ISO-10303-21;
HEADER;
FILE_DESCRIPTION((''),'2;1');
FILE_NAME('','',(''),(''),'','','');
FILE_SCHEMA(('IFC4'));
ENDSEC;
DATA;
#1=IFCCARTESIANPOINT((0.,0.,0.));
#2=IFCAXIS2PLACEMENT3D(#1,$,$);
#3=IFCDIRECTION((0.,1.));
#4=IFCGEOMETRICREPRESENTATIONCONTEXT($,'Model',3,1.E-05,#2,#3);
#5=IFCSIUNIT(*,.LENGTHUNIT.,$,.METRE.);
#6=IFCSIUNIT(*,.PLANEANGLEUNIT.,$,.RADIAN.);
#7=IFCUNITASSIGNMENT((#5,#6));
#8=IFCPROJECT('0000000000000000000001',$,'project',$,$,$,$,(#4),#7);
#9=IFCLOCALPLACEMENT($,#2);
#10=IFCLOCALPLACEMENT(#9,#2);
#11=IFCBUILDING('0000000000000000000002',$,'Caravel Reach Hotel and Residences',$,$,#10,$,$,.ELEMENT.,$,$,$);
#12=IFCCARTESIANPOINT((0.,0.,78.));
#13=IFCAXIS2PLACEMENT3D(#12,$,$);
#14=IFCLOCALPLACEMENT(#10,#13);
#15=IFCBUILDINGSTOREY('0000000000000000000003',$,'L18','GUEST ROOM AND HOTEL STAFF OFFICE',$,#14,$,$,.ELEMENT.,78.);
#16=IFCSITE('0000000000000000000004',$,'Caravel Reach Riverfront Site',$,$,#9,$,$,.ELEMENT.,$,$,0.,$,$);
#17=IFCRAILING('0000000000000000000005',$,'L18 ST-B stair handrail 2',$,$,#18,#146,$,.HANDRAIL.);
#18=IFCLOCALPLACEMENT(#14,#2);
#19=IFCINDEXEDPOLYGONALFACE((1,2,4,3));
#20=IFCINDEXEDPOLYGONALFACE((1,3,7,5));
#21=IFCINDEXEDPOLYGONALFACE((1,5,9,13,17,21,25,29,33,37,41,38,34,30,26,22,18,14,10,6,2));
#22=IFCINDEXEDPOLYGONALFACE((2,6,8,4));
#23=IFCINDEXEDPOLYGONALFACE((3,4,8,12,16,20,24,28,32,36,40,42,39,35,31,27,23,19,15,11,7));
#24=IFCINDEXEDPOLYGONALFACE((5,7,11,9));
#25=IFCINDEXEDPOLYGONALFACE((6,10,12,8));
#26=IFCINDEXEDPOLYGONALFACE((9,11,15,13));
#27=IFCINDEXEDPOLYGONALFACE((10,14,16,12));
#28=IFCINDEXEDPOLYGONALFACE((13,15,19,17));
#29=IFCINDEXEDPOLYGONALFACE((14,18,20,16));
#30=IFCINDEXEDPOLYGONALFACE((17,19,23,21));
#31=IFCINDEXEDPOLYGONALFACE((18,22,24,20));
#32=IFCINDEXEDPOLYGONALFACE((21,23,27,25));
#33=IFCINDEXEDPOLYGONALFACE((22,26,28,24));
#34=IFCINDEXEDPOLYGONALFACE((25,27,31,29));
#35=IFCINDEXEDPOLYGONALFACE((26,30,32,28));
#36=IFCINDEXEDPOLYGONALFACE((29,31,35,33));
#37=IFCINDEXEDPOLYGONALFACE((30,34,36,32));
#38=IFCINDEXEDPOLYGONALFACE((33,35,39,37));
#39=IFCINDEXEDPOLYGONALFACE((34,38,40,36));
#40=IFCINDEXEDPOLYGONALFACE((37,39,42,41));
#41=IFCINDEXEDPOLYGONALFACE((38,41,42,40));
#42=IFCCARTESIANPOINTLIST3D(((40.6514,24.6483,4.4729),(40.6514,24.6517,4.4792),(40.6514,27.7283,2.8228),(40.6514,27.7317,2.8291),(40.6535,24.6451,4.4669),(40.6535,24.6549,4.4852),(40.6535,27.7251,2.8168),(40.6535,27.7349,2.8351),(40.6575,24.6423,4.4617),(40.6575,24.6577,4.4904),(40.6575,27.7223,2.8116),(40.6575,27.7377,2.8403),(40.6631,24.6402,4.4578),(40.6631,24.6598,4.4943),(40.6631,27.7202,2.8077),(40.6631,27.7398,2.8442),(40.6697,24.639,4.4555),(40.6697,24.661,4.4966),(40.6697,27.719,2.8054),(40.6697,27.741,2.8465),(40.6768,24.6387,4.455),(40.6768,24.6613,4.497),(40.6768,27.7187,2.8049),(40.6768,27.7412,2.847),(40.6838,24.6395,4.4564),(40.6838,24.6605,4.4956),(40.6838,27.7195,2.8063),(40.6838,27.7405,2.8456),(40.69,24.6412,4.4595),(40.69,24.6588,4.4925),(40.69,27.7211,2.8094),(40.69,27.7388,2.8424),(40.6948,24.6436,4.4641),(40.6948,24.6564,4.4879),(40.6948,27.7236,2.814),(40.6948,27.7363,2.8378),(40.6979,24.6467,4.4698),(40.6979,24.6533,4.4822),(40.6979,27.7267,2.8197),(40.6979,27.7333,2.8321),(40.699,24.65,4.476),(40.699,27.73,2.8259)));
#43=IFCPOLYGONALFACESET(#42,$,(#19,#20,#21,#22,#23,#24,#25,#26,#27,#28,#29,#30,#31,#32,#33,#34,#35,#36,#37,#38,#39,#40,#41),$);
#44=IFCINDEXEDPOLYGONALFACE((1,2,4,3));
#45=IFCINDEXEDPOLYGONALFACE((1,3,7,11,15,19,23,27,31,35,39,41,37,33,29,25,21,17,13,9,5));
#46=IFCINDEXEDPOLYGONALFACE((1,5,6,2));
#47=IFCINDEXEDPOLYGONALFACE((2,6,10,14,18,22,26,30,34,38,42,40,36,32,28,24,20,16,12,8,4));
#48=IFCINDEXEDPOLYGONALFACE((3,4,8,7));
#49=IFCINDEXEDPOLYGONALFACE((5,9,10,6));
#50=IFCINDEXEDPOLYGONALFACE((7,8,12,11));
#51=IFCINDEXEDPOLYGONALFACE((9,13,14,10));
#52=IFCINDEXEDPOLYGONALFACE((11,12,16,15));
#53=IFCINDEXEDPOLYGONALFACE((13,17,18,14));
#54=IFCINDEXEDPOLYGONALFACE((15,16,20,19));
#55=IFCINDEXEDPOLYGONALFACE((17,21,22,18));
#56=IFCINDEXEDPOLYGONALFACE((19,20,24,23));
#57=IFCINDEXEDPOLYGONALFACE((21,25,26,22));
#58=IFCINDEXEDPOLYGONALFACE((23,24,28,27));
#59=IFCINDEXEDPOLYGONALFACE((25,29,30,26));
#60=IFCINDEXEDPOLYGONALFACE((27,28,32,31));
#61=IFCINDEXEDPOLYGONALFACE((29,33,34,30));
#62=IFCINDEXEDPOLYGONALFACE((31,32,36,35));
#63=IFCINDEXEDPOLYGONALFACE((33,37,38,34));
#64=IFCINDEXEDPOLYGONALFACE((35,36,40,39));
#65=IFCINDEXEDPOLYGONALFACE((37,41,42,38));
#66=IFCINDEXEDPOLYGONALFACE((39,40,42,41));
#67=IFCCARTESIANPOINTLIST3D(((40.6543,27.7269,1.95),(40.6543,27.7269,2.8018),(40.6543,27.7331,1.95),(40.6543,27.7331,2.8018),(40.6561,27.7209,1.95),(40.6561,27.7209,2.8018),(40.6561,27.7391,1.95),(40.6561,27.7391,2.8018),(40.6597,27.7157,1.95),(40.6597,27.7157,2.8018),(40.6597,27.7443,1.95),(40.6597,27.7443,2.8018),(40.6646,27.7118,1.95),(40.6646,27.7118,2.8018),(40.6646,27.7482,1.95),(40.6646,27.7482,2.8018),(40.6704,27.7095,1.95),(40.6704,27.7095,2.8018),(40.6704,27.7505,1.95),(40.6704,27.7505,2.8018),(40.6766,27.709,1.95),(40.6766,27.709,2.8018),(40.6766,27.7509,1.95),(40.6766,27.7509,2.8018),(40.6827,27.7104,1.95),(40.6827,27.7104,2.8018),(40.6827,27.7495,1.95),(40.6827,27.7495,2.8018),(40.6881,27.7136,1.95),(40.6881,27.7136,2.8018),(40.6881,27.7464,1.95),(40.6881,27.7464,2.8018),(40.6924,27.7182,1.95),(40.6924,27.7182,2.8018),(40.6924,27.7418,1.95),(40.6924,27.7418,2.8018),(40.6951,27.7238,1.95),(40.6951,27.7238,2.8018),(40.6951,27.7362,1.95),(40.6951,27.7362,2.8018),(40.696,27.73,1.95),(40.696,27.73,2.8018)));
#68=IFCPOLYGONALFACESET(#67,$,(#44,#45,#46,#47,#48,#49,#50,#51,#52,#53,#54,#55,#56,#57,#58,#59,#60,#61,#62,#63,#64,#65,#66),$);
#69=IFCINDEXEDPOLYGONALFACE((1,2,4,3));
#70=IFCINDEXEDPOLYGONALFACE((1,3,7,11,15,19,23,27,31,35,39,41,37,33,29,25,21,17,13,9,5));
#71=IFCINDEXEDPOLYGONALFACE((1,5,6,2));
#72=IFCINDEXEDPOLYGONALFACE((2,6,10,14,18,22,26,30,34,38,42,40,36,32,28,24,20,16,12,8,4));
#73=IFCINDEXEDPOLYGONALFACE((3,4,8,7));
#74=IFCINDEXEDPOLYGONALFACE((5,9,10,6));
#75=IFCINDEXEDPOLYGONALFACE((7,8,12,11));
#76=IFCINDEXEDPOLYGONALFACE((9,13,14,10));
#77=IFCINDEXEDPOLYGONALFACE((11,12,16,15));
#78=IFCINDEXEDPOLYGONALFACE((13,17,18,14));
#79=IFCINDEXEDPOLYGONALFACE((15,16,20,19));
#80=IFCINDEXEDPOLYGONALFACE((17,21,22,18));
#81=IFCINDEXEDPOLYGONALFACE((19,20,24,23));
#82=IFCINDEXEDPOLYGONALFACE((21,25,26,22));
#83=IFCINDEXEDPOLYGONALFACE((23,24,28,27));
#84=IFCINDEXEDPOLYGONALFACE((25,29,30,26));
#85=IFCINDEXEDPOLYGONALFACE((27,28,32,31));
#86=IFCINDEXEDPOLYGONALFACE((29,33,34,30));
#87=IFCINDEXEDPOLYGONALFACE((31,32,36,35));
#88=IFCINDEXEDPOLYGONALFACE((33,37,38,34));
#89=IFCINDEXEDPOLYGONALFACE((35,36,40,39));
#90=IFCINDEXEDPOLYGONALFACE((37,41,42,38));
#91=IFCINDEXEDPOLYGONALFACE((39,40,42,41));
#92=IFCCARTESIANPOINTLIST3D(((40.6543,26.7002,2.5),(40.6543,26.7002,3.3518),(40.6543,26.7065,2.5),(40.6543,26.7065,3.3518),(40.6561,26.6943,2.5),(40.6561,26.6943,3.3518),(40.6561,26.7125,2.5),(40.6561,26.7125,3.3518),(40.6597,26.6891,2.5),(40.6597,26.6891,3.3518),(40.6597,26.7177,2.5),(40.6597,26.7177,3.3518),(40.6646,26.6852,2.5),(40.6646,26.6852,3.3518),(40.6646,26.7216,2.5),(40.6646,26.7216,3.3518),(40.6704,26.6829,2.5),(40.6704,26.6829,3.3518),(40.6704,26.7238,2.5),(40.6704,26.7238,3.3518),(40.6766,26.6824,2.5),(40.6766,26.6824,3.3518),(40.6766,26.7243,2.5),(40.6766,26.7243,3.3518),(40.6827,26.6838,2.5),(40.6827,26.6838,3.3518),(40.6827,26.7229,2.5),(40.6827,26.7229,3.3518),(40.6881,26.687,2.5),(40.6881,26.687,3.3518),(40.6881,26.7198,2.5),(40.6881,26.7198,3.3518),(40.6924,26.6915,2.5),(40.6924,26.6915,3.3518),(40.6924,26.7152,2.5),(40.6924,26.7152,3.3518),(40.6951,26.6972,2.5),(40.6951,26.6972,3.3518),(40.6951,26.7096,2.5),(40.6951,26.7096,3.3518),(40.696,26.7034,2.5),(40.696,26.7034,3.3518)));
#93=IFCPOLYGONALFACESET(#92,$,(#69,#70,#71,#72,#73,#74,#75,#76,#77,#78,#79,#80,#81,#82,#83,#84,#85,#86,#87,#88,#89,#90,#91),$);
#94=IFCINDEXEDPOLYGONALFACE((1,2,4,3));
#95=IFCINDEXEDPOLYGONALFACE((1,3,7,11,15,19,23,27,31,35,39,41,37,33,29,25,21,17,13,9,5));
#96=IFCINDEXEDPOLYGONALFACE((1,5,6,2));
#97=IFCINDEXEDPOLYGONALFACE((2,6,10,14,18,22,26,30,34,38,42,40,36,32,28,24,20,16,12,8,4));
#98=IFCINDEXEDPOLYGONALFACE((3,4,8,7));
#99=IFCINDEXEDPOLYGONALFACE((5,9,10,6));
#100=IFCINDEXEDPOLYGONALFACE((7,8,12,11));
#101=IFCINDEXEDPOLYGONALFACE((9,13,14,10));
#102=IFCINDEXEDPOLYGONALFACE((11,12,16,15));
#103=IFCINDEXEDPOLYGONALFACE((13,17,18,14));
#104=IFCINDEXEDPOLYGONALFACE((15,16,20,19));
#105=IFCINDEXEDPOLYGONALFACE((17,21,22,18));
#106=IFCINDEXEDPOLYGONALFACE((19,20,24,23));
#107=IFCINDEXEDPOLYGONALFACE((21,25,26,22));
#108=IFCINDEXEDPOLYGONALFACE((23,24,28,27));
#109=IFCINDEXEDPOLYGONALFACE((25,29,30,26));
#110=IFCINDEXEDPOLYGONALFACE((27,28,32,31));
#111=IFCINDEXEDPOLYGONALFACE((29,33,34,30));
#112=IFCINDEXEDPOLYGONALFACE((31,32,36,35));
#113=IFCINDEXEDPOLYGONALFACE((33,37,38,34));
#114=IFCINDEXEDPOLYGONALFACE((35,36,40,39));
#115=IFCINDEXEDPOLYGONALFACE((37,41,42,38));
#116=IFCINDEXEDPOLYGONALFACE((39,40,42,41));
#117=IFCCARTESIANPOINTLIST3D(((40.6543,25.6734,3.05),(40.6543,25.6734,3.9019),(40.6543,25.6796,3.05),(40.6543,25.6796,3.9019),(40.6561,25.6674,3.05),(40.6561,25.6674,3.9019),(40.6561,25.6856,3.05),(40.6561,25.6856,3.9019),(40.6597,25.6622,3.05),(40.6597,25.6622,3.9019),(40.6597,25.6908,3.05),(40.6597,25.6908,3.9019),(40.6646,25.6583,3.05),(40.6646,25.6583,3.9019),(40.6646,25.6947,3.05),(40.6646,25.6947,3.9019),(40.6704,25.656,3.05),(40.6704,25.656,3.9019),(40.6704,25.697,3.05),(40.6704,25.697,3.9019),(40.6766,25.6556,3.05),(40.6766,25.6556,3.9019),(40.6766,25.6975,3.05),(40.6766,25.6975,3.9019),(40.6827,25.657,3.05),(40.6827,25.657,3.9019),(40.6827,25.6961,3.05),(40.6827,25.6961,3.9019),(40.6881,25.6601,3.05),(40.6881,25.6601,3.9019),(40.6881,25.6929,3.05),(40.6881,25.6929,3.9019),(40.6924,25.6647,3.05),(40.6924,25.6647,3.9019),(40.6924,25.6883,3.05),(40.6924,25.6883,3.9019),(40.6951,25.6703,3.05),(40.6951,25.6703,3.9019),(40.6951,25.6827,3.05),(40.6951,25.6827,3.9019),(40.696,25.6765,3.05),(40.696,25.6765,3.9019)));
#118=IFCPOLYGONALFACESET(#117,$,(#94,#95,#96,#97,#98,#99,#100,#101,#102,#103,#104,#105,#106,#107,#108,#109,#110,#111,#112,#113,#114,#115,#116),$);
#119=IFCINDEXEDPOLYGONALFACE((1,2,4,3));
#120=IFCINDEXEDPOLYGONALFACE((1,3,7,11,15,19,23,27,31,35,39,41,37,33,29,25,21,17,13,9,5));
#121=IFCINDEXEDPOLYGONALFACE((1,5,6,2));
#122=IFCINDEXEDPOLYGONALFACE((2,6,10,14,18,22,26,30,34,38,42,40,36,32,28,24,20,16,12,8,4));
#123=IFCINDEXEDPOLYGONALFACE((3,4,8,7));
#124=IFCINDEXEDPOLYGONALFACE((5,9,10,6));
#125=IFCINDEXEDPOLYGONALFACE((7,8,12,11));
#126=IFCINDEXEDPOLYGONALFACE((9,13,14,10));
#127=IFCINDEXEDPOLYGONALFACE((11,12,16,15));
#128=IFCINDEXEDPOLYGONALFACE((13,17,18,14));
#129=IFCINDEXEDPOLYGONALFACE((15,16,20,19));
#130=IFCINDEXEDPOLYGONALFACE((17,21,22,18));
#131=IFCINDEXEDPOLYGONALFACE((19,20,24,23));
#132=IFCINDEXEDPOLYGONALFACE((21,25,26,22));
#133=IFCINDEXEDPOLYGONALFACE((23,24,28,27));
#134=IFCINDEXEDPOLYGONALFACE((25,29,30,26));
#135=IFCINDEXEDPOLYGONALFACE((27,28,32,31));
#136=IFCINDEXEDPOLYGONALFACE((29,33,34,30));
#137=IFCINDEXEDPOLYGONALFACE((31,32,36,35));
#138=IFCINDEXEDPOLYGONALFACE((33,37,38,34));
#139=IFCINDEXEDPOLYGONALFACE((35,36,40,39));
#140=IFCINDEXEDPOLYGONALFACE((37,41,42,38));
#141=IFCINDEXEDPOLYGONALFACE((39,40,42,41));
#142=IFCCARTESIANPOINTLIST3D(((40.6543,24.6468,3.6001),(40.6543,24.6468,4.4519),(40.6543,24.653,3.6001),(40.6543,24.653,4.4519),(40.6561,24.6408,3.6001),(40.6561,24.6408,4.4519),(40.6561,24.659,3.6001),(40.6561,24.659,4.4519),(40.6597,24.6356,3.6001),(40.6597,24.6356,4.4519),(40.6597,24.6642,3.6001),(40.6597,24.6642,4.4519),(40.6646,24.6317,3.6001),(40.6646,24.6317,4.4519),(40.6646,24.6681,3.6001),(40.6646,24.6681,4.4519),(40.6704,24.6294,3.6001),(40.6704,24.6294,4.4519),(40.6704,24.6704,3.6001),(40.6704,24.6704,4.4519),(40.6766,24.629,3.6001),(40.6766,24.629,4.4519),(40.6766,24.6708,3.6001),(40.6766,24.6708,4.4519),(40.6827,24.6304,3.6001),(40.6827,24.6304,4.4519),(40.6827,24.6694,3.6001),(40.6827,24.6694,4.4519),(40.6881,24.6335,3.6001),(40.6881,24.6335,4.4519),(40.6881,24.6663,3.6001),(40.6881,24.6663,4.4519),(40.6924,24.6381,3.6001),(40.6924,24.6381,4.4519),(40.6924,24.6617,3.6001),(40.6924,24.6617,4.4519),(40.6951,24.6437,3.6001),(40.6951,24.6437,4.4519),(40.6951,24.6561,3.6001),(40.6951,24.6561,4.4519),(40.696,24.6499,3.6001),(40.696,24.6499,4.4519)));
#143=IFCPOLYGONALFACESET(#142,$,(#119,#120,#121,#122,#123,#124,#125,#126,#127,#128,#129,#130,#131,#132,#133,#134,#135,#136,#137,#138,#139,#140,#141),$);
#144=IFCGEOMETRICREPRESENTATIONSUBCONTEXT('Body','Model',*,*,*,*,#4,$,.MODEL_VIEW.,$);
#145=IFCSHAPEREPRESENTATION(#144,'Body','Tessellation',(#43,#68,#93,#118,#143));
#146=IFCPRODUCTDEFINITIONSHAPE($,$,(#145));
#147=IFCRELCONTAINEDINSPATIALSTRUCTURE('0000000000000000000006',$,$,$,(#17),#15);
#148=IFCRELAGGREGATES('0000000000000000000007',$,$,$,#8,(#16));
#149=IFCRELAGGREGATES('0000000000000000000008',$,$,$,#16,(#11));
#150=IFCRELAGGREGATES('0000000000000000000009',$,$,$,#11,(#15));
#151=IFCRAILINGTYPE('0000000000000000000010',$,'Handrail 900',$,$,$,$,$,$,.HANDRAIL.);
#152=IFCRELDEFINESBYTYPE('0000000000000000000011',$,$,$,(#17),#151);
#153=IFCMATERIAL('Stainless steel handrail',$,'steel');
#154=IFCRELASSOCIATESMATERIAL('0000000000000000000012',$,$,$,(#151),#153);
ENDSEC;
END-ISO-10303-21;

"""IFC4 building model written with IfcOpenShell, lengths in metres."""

from ifc_helpers import new_model, si_unit, direction, frame, origin, origin_2d, place, context, subcontext, project, spatial, circle, extrude, material, type_object, element, save


model = new_model("IFC4")

# Units and contexts
model_context = context("Model", 3, precision=1e-05, world=origin(), true_north=direction((0.0, 1.0)))
body_context = subcontext(model_context, "Body", "Model", "MODEL_VIEW")
ifc_project = project(units=[si_unit("LENGTHUNIT", "METRE"), si_unit("PLANEANGLEUNIT", "RADIAN")], contexts=[model_context])

# Site, building, storey
site_placement = place(None, origin())
site = spatial("IfcSite", under=ifc_project, at=site_placement, Name="Caravel Reach Riverfront Site", CompositionType="ELEMENT", RefElevation=0.0)
building_placement = place(site_placement, origin())
building = spatial("IfcBuilding", under=site, at=building_placement, Name="Caravel Reach Hotel and Residences", CompositionType="ELEMENT")
storey_placement = place(building_placement, frame((0.0, 0.0, 78.0)))
storey = spatial("IfcBuildingStorey", under=building, at=storey_placement, Name="L18", Description="GUEST ROOM AND HOTEL STAFF OFFICE", CompositionType="ELEMENT", Elevation=78.0)

# Railing
ifc_material_1 = material(Name="Stainless steel handrail", Category="steel")
railing_type_1 = type_object("IfcRailingType", Name="Handrail 900", PredefinedType="HANDRAIL", material=ifc_material_1)
railing_1_placement = place(storey_placement, frame((40.675, 27.73, 1.95)))
element("IfcRailing", 1, at=railing_1_placement, inside=storey, type_object=railing_type_1, Name="L18 ST-B stair handrail 2", PredefinedType="HANDRAIL", context=body_context, shape_type="SweptSolid", body=[
    extrude(circle(Radius=0.0239, at=origin_2d()), frame((0.0, 0.0, 0.876), z_axis=(0.0, -0.881468, 0.472245), x_axis=(1.0, 0.0, 0.0)), (0.0, 0.0, 1.0), 3.4941),
    extrude(circle(Radius=0.021, at=origin_2d()), origin(), (0.0, 0.0, 1.0), 0.8518),
    extrude(circle(Radius=0.021, at=origin_2d()), frame((0.0, -1.0266, 0.55)), (0.0, 0.0, 1.0), 0.8518),
    extrude(circle(Radius=0.021, at=origin_2d()), frame((0.0, -2.0535, 1.1001)), (0.0, 0.0, 1.0), 0.8518),
    extrude(circle(Radius=0.021, at=origin_2d()), frame((0.0, -3.0801, 1.6501)), (0.0, 0.0, 1.0), 0.8518),
])

save(model, "model.ifc")
